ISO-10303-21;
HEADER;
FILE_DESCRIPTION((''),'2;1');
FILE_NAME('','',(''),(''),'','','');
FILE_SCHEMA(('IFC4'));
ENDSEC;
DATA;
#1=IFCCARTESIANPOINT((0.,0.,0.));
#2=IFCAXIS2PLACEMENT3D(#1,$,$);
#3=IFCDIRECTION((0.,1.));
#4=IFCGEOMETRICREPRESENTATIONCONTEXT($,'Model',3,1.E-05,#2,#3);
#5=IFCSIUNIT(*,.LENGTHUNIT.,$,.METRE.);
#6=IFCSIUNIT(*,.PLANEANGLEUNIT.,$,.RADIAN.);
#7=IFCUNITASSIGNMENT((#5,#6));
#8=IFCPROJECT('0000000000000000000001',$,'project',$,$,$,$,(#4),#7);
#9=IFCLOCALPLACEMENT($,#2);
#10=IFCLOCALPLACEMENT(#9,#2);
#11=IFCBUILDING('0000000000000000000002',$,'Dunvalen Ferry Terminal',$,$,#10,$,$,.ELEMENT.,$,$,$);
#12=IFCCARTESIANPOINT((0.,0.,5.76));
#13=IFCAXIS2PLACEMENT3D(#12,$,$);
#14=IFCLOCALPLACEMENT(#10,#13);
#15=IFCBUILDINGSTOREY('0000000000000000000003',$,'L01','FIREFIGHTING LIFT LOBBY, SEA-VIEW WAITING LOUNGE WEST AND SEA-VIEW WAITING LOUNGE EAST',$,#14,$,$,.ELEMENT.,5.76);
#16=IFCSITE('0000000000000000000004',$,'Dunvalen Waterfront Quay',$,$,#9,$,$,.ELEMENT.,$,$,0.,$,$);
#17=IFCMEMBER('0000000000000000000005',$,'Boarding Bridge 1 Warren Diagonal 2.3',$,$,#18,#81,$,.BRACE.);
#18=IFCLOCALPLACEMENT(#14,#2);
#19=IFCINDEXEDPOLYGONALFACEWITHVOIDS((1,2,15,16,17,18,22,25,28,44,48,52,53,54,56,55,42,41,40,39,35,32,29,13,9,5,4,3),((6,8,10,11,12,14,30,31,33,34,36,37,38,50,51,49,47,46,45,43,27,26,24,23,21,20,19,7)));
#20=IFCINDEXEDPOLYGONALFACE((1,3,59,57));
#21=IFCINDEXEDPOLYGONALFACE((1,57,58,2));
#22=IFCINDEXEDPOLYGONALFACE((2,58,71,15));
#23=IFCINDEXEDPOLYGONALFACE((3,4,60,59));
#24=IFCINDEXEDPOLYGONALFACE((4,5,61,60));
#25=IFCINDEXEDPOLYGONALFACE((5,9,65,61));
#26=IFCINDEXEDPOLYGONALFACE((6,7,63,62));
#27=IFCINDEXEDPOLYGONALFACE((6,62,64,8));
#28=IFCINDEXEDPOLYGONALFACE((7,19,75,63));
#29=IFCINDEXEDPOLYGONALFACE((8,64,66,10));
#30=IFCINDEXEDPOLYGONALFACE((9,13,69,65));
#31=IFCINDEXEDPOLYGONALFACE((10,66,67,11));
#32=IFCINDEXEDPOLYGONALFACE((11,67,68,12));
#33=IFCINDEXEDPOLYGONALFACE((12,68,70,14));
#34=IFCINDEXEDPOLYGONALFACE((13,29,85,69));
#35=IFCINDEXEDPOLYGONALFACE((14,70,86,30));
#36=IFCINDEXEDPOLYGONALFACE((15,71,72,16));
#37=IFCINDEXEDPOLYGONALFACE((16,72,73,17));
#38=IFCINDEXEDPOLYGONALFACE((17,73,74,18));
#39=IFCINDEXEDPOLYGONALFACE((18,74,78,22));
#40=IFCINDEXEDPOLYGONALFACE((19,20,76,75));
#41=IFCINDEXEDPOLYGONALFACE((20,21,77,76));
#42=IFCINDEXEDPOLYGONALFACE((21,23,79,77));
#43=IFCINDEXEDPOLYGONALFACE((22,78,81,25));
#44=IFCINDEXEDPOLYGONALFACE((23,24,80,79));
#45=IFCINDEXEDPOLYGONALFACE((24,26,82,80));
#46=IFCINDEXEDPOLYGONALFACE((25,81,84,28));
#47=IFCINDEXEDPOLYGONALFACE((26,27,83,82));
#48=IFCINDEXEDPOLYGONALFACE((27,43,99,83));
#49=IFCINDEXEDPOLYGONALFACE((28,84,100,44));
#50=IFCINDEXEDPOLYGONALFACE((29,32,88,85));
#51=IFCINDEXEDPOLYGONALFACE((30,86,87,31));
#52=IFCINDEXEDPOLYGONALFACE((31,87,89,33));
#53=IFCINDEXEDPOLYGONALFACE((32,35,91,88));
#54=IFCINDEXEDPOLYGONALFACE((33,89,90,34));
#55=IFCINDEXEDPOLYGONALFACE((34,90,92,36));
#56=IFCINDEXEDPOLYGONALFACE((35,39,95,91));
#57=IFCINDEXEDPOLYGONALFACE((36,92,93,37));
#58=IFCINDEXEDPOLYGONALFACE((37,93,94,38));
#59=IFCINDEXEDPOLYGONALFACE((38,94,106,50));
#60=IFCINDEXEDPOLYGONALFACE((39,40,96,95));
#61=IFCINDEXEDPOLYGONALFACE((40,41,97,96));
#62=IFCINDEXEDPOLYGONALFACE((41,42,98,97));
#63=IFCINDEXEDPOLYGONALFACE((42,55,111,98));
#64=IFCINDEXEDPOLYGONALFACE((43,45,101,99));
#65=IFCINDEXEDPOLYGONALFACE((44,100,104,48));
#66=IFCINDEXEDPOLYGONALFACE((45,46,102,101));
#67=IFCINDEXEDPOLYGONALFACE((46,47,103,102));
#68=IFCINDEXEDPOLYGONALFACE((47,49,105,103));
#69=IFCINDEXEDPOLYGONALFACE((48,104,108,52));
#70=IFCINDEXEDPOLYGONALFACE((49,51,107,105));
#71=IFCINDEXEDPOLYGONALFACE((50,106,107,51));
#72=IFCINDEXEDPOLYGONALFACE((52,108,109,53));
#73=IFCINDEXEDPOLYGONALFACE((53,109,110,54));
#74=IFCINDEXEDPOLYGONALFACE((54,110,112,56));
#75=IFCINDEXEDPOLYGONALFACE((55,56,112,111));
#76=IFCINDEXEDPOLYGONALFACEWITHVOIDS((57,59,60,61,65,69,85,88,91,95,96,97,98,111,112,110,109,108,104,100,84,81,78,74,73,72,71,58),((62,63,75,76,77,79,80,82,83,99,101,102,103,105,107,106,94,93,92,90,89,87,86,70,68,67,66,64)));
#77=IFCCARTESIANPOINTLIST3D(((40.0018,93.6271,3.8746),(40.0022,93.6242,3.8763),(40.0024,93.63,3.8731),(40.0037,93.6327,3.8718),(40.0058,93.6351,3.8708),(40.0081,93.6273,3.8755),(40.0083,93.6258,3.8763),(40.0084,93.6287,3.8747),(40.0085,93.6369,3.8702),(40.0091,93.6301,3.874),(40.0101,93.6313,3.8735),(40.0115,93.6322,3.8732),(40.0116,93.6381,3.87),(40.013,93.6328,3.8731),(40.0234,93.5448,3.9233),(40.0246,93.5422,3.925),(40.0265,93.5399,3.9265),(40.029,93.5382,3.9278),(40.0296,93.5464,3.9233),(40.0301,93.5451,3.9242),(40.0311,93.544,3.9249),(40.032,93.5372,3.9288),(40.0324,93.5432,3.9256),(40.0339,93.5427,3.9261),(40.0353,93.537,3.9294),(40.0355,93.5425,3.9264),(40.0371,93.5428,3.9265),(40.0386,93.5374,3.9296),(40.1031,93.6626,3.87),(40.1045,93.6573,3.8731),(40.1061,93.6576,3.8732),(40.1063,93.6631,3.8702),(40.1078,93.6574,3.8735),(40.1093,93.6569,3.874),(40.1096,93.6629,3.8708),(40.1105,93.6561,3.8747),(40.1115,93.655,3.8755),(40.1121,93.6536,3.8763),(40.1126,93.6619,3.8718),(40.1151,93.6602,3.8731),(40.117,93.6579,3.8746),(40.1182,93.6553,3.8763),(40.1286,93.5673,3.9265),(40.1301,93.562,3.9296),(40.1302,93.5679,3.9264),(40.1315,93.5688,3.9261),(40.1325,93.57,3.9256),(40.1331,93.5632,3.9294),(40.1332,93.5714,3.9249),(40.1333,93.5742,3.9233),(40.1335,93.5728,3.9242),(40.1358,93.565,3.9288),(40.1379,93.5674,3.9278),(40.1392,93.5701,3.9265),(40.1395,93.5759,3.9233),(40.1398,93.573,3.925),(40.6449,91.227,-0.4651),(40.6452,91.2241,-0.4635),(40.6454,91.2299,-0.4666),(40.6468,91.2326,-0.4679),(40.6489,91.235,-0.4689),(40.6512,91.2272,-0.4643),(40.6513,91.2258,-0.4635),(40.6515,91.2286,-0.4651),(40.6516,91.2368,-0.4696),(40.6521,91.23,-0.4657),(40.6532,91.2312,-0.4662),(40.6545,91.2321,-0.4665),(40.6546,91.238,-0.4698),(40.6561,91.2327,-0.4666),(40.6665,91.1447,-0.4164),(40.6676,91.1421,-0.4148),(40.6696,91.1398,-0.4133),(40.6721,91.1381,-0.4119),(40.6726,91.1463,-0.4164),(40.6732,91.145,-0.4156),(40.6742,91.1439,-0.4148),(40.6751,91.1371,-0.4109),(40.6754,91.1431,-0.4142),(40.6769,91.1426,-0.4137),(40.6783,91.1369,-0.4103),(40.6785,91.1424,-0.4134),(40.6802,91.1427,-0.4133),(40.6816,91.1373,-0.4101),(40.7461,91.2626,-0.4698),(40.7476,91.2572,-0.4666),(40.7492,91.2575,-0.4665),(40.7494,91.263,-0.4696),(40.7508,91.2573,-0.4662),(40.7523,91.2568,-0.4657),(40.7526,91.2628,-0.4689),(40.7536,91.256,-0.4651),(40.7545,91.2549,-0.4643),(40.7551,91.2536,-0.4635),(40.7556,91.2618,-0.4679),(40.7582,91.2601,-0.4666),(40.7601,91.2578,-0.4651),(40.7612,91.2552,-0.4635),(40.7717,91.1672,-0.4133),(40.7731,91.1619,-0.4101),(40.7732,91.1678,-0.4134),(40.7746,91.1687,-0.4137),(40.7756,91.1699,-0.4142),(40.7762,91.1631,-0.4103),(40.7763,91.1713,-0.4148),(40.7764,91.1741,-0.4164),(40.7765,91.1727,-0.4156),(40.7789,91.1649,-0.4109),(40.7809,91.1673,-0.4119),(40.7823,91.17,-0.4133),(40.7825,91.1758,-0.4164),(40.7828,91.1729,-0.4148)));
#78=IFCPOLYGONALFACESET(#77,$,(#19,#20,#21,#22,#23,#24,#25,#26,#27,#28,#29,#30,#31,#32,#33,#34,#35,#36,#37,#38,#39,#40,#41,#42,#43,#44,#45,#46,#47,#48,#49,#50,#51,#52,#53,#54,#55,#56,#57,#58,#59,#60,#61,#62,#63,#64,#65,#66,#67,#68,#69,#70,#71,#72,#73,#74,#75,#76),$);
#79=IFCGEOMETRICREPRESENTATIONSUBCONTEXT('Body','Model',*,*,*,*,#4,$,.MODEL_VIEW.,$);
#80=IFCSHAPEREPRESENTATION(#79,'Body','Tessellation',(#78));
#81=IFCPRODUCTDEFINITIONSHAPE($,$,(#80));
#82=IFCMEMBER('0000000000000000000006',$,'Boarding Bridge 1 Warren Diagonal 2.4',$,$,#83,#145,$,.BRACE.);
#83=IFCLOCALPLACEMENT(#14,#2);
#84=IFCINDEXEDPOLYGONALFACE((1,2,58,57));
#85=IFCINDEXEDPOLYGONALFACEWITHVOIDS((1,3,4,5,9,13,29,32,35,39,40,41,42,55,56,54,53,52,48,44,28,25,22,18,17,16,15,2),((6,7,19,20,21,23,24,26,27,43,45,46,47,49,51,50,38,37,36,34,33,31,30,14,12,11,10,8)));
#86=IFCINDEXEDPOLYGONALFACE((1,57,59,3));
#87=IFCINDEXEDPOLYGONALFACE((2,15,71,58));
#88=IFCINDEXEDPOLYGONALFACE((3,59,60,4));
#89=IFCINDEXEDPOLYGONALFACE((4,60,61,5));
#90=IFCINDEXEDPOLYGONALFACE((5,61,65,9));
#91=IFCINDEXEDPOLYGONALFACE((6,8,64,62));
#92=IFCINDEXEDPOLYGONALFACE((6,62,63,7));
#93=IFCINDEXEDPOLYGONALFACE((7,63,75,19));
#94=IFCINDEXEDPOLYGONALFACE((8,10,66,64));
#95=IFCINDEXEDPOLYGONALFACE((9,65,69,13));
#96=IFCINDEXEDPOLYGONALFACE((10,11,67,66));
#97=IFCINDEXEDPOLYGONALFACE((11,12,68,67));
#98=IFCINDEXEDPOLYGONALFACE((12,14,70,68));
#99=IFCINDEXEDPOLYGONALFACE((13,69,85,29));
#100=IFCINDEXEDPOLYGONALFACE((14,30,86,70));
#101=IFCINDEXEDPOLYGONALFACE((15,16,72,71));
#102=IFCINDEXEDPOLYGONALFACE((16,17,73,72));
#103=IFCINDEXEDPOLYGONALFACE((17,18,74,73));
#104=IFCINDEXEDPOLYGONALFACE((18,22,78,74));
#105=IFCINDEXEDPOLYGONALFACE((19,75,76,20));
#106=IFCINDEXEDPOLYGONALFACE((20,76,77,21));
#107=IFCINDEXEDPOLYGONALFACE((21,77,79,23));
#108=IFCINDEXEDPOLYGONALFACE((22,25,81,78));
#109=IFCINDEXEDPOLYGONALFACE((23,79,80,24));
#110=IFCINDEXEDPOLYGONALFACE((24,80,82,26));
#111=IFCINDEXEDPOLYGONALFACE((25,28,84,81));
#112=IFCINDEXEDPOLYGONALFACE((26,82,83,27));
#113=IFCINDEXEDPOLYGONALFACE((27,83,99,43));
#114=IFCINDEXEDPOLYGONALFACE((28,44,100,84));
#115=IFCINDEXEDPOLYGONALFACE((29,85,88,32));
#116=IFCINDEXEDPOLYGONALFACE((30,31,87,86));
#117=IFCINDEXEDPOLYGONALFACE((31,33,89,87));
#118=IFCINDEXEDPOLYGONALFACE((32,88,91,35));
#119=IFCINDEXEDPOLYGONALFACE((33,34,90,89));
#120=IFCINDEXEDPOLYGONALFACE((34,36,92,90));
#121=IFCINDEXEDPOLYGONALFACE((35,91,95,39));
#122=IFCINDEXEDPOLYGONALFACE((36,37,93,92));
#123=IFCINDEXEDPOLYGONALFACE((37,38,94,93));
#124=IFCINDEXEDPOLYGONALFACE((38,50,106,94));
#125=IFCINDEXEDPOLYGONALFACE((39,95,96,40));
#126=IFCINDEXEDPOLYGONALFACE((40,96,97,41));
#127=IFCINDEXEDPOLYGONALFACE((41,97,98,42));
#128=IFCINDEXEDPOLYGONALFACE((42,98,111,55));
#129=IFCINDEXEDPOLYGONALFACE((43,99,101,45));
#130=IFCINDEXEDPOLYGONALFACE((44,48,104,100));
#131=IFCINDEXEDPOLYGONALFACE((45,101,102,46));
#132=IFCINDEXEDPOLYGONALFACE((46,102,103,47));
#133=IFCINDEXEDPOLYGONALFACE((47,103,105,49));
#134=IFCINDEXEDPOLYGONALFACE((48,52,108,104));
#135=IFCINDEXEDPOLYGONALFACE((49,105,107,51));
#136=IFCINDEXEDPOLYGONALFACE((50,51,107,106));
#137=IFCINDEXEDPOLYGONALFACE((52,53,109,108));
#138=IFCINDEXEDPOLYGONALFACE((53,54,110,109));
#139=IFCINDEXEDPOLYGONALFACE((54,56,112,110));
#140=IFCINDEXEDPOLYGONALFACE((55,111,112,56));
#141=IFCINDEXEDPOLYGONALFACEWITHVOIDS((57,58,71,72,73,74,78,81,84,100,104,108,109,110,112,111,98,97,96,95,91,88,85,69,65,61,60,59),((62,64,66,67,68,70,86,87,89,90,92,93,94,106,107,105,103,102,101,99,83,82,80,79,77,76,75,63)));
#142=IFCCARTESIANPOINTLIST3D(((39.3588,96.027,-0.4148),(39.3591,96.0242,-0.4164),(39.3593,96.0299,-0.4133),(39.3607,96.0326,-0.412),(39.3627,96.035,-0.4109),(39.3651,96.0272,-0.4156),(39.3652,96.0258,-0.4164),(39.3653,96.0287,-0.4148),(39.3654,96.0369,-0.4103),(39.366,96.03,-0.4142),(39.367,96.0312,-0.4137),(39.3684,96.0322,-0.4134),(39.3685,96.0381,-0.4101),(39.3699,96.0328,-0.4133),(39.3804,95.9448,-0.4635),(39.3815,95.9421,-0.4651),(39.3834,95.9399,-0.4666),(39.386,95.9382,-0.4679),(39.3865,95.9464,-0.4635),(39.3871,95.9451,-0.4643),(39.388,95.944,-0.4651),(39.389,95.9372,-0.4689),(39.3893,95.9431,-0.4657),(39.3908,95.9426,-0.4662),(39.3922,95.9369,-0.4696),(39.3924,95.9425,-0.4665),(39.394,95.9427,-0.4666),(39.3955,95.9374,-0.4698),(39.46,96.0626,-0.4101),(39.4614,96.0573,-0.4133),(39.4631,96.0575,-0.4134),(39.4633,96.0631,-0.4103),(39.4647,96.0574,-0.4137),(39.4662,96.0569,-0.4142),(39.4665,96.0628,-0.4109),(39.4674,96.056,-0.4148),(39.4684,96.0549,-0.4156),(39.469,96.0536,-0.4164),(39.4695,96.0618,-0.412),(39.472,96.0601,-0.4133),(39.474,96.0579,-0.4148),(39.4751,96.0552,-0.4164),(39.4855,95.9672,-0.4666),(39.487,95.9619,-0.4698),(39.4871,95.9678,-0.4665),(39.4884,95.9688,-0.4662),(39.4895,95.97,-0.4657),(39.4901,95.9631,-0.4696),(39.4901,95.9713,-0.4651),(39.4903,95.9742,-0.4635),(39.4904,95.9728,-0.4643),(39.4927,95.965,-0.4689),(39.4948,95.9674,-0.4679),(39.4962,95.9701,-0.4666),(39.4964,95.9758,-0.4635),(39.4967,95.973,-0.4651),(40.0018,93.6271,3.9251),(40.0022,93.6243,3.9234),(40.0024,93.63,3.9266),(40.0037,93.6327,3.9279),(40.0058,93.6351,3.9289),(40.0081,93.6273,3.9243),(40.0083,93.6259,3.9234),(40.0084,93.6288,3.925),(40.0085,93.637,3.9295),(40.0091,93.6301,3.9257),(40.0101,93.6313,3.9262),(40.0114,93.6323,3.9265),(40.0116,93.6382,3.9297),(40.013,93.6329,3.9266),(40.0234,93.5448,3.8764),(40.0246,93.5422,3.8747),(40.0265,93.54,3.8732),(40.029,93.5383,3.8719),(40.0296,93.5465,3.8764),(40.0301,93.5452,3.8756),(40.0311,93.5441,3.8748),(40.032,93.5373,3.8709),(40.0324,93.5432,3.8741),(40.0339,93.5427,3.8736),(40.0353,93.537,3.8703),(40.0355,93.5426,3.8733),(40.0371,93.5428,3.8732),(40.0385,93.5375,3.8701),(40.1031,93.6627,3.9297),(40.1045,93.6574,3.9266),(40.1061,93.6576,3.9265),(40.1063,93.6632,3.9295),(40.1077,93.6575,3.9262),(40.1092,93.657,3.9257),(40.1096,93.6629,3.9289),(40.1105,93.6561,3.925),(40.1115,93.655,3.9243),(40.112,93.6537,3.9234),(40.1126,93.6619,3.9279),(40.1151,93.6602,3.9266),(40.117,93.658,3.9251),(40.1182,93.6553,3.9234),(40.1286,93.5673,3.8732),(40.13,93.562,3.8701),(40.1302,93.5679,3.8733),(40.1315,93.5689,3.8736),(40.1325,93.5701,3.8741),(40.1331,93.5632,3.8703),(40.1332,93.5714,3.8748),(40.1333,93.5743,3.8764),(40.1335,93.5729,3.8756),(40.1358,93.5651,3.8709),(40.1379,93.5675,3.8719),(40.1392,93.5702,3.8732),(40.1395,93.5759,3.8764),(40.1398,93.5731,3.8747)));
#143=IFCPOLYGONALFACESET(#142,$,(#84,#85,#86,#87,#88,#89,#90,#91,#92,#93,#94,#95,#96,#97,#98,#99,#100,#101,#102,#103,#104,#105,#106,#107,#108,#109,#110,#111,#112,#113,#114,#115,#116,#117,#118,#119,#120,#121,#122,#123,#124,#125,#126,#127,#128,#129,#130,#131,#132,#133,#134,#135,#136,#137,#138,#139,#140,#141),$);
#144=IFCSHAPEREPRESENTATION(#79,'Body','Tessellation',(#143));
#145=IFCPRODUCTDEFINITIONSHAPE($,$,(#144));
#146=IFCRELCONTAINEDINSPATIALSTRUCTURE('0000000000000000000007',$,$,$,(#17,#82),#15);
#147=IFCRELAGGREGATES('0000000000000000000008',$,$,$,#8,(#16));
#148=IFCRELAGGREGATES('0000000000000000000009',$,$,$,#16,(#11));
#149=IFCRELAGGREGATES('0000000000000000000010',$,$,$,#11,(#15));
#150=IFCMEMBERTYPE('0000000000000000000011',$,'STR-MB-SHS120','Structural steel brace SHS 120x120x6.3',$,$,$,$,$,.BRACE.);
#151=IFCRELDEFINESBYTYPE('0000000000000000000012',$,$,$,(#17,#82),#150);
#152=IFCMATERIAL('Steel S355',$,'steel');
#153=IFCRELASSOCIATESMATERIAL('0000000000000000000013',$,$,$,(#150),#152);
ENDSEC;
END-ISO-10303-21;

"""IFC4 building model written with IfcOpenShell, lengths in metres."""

from ifc_helpers import new_model, si_unit, direction, frame, origin, origin_2d, place, context, subcontext, project, spatial, hollow_rectangle, extrude, material, material_profile, profile_set, type_object, element, save


model = new_model("IFC4")

# Units and contexts
model_context = context("Model", 3, precision=1e-05, world=origin(), true_north=direction((0.0, 1.0)))
body_context = subcontext(model_context, "Body", "Model", "MODEL_VIEW")
ifc_project = project(units=[si_unit("LENGTHUNIT", "METRE"), si_unit("PLANEANGLEUNIT", "RADIAN")], contexts=[model_context])

# Site, building, storey
site_placement = place(None, origin())
site = spatial("IfcSite", under=ifc_project, at=site_placement, Name="Dunvalen Waterfront Quay", CompositionType="ELEMENT", RefElevation=0.0)
building_placement = place(site_placement, origin())
building = spatial("IfcBuilding", under=site, at=building_placement, Name="Dunvalen Ferry Terminal", CompositionType="ELEMENT")
storey_placement = place(building_placement, frame((0.0, 0.0, 5.76)))
storey = spatial("IfcBuildingStorey", under=building, at=storey_placement, Name="L01", Description="FIREFIGHTING LIFT LOBBY, SEA-VIEW WAITING LOUNGE WEST AND SEA-VIEW WAITING LOUNGE EAST", CompositionType="ELEMENT", Elevation=5.76)

# Members
ifc_material_1 = material(Name="Steel S355", Category="steel")
ifc_material_profile_1 = material_profile(ifc_material_1, hollow_rectangle(XDim=0.1201, YDim=0.1201, WallThickness=0.0063, InnerFilletRadius=0.0063, OuterFilletRadius=0.0127, at=origin_2d()), Name="Steel S355")
ifc_profile_set_1 = profile_set([ifc_material_profile_1], Name="Steel S355")
member_type_1 = type_object("IfcMemberType", Name="STR-MB-SHS120", Description="Structural steel brace SHS 120x120x6.3", PredefinedType="BRACE", material=ifc_profile_set_1)
for number, where, z_axis, x_axis, name in (
    (1, (40.7139, 91.2, -0.4399), (-0.128591, 0.479948, 0.867822), (-0.965931, -0.2588, 0.0), "Boarding Bridge 1 Warren Diagonal 2.3"),
    (2, (40.0708, 93.6001, 3.8999), (-0.128594, 0.47991, -0.867842), (-0.965924, -0.258824, 0.0), "Boarding Bridge 1 Warren Diagonal 2.4"),
):
    element("IfcMember", number, at=place(storey_placement, frame(where, z_axis=z_axis, x_axis=x_axis)), inside=storey, type_object=member_type_1, Name=name, PredefinedType="BRACE", context=body_context, shape_type="SweptSolid", body=[
        extrude(hollow_rectangle(XDim=0.1201, YDim=0.1201, WallThickness=0.0063, InnerFilletRadius=0.0063, OuterFilletRadius=0.0127, at=origin_2d()), origin(), (0.0, 0.0, 1.0), 5.0007),
    ])

save(model, "model.ifc")
